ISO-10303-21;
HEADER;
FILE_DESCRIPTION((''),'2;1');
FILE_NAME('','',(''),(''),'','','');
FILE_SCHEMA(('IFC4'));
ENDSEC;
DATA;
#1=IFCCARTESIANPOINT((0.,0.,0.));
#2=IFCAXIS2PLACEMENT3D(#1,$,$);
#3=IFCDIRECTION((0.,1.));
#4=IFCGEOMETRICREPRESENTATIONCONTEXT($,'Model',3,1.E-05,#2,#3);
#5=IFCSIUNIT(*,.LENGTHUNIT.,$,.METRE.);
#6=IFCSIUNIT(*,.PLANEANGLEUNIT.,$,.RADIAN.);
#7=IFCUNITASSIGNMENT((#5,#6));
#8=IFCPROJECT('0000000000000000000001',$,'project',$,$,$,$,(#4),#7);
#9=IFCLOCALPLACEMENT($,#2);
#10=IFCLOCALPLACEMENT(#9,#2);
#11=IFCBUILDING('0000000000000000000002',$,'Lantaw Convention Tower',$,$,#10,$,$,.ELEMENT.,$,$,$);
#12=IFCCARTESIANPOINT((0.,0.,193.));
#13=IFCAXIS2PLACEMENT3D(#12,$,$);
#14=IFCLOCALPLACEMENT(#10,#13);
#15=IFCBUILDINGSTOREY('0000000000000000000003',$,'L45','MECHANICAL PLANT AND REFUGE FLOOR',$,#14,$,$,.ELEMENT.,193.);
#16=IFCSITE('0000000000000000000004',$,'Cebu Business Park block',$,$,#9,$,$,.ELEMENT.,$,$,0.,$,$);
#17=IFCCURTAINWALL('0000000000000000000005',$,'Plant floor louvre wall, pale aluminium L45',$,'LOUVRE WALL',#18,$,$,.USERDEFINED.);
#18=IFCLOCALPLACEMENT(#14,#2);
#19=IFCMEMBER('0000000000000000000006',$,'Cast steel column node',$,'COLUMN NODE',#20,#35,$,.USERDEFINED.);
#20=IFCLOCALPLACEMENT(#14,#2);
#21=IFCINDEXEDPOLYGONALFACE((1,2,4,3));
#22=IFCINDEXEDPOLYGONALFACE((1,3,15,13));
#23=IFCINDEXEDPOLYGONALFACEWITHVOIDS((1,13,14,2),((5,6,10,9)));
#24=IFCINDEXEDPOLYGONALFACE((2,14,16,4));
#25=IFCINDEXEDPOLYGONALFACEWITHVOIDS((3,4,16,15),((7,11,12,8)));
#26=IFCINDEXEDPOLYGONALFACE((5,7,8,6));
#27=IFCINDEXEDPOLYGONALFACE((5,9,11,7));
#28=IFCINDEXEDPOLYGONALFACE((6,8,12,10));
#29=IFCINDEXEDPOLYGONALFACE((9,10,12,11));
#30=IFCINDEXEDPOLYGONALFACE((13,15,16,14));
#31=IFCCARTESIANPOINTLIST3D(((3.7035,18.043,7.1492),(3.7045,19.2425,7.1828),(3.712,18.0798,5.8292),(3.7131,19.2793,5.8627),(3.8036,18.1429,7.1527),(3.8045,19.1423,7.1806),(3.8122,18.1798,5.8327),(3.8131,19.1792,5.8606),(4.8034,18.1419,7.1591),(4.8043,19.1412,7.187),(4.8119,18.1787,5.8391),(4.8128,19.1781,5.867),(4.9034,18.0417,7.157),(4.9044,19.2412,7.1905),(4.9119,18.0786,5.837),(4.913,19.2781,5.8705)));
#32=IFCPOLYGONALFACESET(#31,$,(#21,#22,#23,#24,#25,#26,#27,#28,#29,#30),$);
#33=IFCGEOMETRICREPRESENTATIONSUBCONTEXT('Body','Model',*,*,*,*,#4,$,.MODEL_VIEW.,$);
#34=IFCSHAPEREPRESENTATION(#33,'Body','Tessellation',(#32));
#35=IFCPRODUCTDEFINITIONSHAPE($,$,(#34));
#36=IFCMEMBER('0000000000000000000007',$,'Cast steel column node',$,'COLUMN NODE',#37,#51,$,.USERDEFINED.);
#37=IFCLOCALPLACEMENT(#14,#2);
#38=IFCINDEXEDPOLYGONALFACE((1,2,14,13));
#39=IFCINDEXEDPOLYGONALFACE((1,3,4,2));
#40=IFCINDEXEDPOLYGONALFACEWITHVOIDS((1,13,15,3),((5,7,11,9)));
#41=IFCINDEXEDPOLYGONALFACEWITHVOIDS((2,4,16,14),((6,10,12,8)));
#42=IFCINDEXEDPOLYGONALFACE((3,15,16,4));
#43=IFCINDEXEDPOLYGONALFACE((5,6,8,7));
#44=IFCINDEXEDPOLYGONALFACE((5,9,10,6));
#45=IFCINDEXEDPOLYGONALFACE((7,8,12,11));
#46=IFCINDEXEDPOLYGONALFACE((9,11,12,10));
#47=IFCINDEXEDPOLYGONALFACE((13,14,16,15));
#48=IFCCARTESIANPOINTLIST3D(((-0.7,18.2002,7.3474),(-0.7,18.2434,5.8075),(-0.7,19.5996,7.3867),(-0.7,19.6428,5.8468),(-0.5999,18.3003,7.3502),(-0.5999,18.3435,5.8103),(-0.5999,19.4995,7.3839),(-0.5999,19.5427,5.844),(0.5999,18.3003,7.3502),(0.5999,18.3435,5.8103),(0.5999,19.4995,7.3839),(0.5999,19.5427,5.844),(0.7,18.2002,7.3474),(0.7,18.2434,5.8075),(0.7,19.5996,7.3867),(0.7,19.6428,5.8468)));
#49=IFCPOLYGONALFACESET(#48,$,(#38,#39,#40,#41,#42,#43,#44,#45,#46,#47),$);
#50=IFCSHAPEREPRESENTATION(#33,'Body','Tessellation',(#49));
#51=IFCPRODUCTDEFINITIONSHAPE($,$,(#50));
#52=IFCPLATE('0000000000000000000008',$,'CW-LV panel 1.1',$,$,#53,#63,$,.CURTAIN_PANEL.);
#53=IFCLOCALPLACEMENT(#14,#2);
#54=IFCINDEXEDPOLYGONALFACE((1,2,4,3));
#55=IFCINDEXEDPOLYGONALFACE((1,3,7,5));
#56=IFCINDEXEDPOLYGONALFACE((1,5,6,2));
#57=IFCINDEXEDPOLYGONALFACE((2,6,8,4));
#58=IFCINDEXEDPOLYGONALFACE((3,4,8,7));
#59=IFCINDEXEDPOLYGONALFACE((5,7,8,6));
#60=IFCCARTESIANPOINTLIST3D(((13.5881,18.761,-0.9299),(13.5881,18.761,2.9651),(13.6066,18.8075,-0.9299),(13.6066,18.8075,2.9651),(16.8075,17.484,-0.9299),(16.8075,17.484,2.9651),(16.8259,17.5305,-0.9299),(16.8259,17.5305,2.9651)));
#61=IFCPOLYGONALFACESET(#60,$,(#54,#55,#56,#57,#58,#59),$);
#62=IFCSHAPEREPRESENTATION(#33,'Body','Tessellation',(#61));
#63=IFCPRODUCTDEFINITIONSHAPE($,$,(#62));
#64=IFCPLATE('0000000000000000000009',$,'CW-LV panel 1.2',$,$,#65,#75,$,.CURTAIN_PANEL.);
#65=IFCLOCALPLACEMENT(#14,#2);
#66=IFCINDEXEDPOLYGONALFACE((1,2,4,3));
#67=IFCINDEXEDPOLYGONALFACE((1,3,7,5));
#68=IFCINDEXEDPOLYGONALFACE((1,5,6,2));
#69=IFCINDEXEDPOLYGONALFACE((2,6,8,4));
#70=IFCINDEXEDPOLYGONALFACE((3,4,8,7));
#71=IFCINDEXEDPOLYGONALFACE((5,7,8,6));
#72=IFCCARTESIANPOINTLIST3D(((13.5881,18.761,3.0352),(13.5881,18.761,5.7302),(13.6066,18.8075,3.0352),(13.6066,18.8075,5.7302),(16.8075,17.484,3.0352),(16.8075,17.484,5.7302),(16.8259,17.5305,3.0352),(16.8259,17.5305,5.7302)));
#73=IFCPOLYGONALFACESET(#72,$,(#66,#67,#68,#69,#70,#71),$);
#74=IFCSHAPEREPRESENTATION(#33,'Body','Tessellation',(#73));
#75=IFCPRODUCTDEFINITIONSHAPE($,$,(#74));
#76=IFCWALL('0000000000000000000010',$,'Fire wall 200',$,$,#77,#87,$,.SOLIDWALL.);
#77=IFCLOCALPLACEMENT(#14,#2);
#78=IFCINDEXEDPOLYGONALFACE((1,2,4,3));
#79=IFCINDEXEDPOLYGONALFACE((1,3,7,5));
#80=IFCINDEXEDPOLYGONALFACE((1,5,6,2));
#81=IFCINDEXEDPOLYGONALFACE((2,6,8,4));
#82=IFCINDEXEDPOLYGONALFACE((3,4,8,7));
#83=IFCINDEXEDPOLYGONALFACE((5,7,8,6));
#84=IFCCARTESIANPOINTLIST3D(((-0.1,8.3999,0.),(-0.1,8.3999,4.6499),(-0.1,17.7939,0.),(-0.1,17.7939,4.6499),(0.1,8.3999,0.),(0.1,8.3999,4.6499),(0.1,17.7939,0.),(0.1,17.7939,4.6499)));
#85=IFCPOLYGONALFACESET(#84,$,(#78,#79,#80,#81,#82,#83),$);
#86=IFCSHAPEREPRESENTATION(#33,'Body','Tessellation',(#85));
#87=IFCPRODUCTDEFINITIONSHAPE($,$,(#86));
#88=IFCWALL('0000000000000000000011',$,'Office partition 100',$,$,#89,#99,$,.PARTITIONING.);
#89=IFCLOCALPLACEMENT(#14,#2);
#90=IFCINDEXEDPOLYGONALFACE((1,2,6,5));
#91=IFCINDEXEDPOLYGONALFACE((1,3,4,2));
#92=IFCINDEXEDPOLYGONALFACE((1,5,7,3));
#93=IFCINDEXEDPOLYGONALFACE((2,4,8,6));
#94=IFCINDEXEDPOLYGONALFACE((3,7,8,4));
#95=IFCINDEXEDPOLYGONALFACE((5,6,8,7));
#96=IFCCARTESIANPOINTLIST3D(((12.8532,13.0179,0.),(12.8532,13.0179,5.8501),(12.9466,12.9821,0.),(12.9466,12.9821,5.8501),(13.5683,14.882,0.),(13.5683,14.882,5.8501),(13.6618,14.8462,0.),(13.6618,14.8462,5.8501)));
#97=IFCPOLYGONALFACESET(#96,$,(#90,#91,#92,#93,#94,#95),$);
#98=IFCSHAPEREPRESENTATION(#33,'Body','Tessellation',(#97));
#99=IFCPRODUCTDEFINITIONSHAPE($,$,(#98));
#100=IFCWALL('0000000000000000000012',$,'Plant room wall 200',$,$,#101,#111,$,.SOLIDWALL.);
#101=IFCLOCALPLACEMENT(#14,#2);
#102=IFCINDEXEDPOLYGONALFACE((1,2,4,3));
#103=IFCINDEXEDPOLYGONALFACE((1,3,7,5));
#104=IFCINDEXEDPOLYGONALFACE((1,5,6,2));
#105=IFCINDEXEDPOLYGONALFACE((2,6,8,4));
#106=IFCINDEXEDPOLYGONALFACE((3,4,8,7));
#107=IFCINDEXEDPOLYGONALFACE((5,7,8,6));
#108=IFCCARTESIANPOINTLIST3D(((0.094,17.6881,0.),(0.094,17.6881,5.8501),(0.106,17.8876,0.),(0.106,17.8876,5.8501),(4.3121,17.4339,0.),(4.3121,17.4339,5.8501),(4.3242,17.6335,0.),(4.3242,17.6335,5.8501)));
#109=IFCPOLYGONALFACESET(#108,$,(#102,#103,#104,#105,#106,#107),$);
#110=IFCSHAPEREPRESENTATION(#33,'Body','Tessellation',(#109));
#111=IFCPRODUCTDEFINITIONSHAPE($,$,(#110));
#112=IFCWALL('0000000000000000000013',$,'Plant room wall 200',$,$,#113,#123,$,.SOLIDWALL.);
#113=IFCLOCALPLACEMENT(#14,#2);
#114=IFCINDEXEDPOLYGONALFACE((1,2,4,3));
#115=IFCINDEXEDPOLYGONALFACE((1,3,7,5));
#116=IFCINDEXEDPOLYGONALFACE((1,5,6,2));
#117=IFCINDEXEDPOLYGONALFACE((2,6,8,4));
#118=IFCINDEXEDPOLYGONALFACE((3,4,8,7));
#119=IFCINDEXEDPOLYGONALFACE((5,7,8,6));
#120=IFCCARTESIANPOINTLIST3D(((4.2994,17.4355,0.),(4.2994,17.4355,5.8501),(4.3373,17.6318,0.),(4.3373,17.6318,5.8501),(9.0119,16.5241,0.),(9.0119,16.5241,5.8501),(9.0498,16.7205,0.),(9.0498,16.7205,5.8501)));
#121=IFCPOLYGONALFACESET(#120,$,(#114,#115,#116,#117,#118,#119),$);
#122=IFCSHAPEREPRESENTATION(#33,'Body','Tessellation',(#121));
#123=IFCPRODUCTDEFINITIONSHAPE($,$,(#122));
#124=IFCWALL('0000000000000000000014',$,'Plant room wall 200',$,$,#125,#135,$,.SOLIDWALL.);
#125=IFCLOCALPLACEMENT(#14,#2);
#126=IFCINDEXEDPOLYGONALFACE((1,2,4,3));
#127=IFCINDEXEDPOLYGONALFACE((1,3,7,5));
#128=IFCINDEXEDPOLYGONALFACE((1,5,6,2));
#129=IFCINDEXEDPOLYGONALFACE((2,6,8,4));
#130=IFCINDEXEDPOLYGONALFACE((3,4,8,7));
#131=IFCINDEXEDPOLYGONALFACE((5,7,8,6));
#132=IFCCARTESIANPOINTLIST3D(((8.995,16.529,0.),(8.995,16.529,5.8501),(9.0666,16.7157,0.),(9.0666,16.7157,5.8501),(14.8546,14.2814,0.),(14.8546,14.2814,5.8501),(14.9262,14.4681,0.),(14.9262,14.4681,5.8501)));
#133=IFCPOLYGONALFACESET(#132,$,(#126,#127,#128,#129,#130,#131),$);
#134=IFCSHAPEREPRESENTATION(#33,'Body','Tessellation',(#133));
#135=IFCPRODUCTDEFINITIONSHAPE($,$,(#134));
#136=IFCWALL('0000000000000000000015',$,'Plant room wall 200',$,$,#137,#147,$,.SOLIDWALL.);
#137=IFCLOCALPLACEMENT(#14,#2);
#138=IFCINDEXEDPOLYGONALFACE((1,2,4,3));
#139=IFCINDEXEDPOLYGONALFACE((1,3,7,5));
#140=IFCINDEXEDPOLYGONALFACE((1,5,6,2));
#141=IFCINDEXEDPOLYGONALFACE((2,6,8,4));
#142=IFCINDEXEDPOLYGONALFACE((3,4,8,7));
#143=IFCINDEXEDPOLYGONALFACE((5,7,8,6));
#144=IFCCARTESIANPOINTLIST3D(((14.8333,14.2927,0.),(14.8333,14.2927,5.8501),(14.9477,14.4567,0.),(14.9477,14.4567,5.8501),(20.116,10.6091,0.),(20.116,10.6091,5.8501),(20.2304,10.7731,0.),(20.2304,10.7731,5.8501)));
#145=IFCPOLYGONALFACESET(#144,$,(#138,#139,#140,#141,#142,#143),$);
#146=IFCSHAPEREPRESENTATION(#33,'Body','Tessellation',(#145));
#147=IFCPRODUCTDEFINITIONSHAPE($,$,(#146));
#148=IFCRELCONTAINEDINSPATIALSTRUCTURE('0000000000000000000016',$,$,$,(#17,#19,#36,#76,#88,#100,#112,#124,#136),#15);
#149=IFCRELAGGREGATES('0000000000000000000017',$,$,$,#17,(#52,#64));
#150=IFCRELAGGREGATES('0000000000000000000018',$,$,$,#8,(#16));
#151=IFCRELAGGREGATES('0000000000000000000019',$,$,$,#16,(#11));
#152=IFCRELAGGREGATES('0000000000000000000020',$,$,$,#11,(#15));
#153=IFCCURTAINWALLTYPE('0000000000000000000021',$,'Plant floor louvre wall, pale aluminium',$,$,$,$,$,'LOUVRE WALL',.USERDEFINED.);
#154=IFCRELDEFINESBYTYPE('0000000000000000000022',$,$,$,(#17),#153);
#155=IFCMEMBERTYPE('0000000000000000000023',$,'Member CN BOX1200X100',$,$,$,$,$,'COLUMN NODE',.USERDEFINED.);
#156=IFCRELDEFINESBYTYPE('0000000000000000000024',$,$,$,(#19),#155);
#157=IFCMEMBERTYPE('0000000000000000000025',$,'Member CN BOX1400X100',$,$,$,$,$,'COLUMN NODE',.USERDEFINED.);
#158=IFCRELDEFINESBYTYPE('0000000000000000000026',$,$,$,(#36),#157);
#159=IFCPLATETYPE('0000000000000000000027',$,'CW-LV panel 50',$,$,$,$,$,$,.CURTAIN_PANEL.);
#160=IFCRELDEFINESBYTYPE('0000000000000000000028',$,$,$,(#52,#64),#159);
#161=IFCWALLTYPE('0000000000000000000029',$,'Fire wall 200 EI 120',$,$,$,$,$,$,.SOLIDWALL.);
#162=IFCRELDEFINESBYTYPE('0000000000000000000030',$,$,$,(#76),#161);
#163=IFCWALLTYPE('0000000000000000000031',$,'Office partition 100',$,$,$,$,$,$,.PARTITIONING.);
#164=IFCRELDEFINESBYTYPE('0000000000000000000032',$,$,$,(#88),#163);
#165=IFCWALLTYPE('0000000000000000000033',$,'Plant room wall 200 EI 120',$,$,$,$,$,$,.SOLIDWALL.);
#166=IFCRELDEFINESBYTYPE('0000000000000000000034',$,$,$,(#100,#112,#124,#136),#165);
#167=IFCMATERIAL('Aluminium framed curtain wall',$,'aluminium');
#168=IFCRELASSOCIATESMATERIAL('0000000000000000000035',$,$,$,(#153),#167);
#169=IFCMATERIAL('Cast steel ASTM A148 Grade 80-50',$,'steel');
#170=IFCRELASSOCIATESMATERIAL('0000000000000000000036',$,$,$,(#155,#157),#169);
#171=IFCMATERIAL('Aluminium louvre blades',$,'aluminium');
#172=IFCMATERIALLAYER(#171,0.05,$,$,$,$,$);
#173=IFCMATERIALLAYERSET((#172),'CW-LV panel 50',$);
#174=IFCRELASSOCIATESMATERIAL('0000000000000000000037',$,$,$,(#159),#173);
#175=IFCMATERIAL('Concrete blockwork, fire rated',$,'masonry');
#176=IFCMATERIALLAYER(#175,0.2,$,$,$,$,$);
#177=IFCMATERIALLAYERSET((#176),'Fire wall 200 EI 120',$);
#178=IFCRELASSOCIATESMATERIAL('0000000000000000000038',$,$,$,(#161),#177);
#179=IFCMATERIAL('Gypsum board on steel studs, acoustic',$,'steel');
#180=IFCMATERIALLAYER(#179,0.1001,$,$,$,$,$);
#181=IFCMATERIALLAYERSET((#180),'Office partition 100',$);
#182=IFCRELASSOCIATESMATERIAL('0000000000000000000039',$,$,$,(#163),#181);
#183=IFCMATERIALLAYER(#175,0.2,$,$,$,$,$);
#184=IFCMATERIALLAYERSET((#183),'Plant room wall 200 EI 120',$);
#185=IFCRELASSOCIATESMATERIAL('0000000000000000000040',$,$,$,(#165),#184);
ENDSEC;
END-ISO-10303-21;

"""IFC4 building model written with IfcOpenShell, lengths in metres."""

from ifc_helpers import new_model, si_unit, direction, frame, frame_2d, origin, origin_2d, place, context, subcontext, project, spatial, rectangle, hollow_rectangle, extrude, material, layer, layer_set, material_profile, profile_set, type_object, element, aggregate, save


model = new_model("IFC4")

# Units and contexts
model_context = context("Model", 3, precision=1e-05, world=origin(), true_north=direction((0.0, 1.0)))
body_context = subcontext(model_context, "Body", "Model", "MODEL_VIEW")
ifc_project = project(units=[si_unit("LENGTHUNIT", "METRE"), si_unit("PLANEANGLEUNIT", "RADIAN")], contexts=[model_context])

# Site, building, storey
site_placement = place(None, origin())
site = spatial("IfcSite", under=ifc_project, at=site_placement, Name="Cebu Business Park block", CompositionType="ELEMENT", RefElevation=0.0)
building_placement = place(site_placement, origin())
building = spatial("IfcBuilding", under=site, at=building_placement, Name="Lantaw Convention Tower", CompositionType="ELEMENT")
storey_placement = place(building_placement, frame((0.0, 0.0, 193.0)))
storey = spatial("IfcBuildingStorey", under=building, at=storey_placement, Name="L45", Description="MECHANICAL PLANT AND REFUGE FLOOR", CompositionType="ELEMENT", Elevation=193.0)

# Curtain wall
ifc_material_1 = material(Name="Aluminium framed curtain wall", Category="aluminium")
curtain_wall_type = type_object("IfcCurtainWallType", Name="Plant floor louvre wall, pale aluminium", ElementType="LOUVRE WALL", PredefinedType="USERDEFINED", material=ifc_material_1)
curtain_wall_placement = place(storey_placement, origin())
curtain_wall = element("IfcCurtainWall", 1, at=curtain_wall_placement, inside=storey, type_object=curtain_wall_type, Name="Plant floor louvre wall, pale aluminium L45", ObjectType="LOUVRE WALL", PredefinedType="USERDEFINED")

# Members
ifc_material_2 = material(Name="Cast steel ASTM A148 Grade 80-50", Category="steel")
ifc_material_profile_1 = material_profile(ifc_material_2, hollow_rectangle(XDim=1.2, YDim=1.2, WallThickness=0.1001, at=origin_2d()), Name="BOX1200X100")
ifc_profile_set_1 = profile_set([ifc_material_profile_1], Name="Cast steel ASTM A148 Grade 80-50")
member_type_1 = type_object("IfcMemberType", Name="Member CN BOX1200X100", ElementType="COLUMN NODE", PredefinedType="USERDEFINED", material=ifc_profile_set_1)
for number, where, z_axis, x_axis, name in (
    (2, (4.3125, 18.679, 5.8499), (-0.00647, -0.027915, 0.999589), (0.999979, -0.001061, 0.006443), "Cast steel column node"),
):
    element("IfcMember", number, at=place(storey_placement, frame(where, z_axis=z_axis, x_axis=x_axis)), inside=storey, type_object=member_type_1, Name=name, ObjectType="COLUMN NODE", PredefinedType="USERDEFINED", context=body_context, shape_type="SweptSolid", body=[
        extrude(hollow_rectangle(XDim=1.2, YDim=1.2, WallThickness=0.1001, at=origin_2d()), origin(), (0.0, 0.0, 1.0), 1.3206),
    ])
ifc_material_profile_2 = material_profile(ifc_material_2, hollow_rectangle(XDim=1.3999, YDim=1.3999, WallThickness=0.1001, at=origin_2d()), Name="BOX1400X100")
ifc_profile_set_2 = profile_set([ifc_material_profile_2], Name="Cast steel ASTM A148 Grade 80-50")
member_type_2 = type_object("IfcMemberType", Name="Member CN BOX1400X100", ElementType="COLUMN NODE", PredefinedType="USERDEFINED", material=ifc_profile_set_2)
member_1_placement = place(storey_placement, frame((0.0, 18.9431, 5.8271), z_axis=(0.0, -0.028049, 0.999607), x_axis=(1.0, 0.0, 0.0)))
element("IfcMember", 3, at=member_1_placement, inside=storey, type_object=member_type_2, Name="Cast steel column node", ObjectType="COLUMN NODE", PredefinedType="USERDEFINED", context=body_context, shape_type="SweptSolid", body=[
    extrude(hollow_rectangle(XDim=1.3999, YDim=1.3999, WallThickness=0.1001, at=origin_2d()), origin(), (0.0, 0.0, 1.0), 1.5405),
])

# Plates
ifc_material_3 = material(Name="Aluminium louvre blades", Category="aluminium")
ifc_layer_1 = layer(ifc_material_3, 0.05)
ifc_layer_set_1 = layer_set([ifc_layer_1], Name="CW-LV panel 50")
plate_type = type_object("IfcPlateType", Name="CW-LV panel 50", PredefinedType="CURTAIN_PANEL", material=ifc_layer_set_1)
plate_1_placement = place(storey_placement, frame((15.207, 18.1458, -0.9299), z_axis=(0.0, 0.0, 1.0), x_axis=(-0.929548, 0.368702, 0.0)))
plate_1 = element("IfcPlate", 4, at=plate_1_placement, type_object=plate_type, Name="CW-LV panel 1.1", PredefinedType="CURTAIN_PANEL", context=body_context, shape_type="SweptSolid", body=[
    extrude(rectangle(XDim=3.4634, YDim=0.05, at=origin_2d()), origin(), (0.0, 0.0, 1.0), 3.895),
])
plate_2_placement = place(storey_placement, frame((15.207, 18.1458, 3.0352), z_axis=(0.0, 0.0, 1.0), x_axis=(-0.929548, 0.368702, 0.0)))
plate_2 = element("IfcPlate", 5, at=plate_2_placement, type_object=plate_type, Name="CW-LV panel 1.2", PredefinedType="CURTAIN_PANEL", context=body_context, shape_type="SweptSolid", body=[
    extrude(rectangle(XDim=3.4634, YDim=0.05, at=origin_2d()), origin(), (0.0, 0.0, 1.0), 2.6951),
])
aggregate(curtain_wall, [plate_1, plate_2])

# Walls
ifc_material_4 = material(Name="Concrete blockwork, fire rated", Category="masonry")
ifc_layer_2 = layer(ifc_material_4, 0.2)
ifc_layer_set_2 = layer_set([ifc_layer_2], Name="Fire wall 200 EI 120")
wall_type_1 = type_object("IfcWallType", Name="Fire wall 200 EI 120", PredefinedType="SOLIDWALL", material=ifc_layer_set_2)
wall_1_placement = place(storey_placement, frame((0.0, 8.3999, 0.0), z_axis=(0.0, 0.0, 1.0), x_axis=(0.0, 1.0, 0.0)))
element("IfcWall", 6, at=wall_1_placement, inside=storey, type_object=wall_type_1, Name="Fire wall 200", PredefinedType="SOLIDWALL", context=body_context, shape_type="SweptSolid", body=[
    extrude(rectangle(XDim=9.394, YDim=0.2, at=frame_2d((4.697, 0.0))), origin(), (0.0, 0.0, 1.0), 4.6499),
])
ifc_material_5 = material(Name="Gypsum board on steel studs, acoustic", Category="steel")
ifc_layer_3 = layer(ifc_material_5, 0.1001)
ifc_layer_set_3 = layer_set([ifc_layer_3], Name="Office partition 100")
wall_type_2 = type_object("IfcWallType", Name="Office partition 100", PredefinedType="PARTITIONING", material=ifc_layer_set_3)
wall_2_placement = place(storey_placement, frame((12.8999, 13.0, 0.0), z_axis=(0.0, 0.0, 1.0), x_axis=(0.358176, 0.933654, 0.0)))
element("IfcWall", 7, at=wall_2_placement, inside=storey, type_object=wall_type_2, Name="Office partition 100", PredefinedType="PARTITIONING", context=body_context, shape_type="SweptSolid", body=[
    extrude(rectangle(XDim=1.9966, YDim=0.1001, at=frame_2d((0.9983, 0.0))), origin(), (0.0, 0.0, 1.0), 5.8501),
])
ifc_layer_4 = layer(ifc_material_4, 0.2)
ifc_layer_set_4 = layer_set([ifc_layer_4], Name="Plant room wall 200 EI 120")
wall_type_3 = type_object("IfcWallType", Name="Plant room wall 200 EI 120", PredefinedType="SOLIDWALL", material=ifc_layer_set_4)
wall_3_placement = place(storey_placement, frame((0.1001, 17.7878, 0.0), z_axis=(0.0, 0.0, 1.0), x_axis=(0.99819, -0.060141, 0.0)))
element("IfcWall", 8, at=wall_3_placement, inside=storey, type_object=wall_type_3, Name="Plant room wall 200", PredefinedType="SOLIDWALL", context=body_context, shape_type="SweptSolid", body=[
    extrude(rectangle(XDim=4.2258, YDim=0.2, at=frame_2d((2.1128, 0.0))), origin(), (0.0, 0.0, 1.0), 5.8501),
])
wall_4_placement = place(storey_placement, frame((4.3184, 17.5337, 0.0), z_axis=(0.0, 0.0, 1.0), x_axis=(0.981807, -0.189881, 0.0)))
element("IfcWall", 9, at=wall_4_placement, inside=storey, type_object=wall_type_3, Name="Plant room wall 200", PredefinedType="SOLIDWALL", context=body_context, shape_type="SweptSolid", body=[
    extrude(rectangle(XDim=4.7998, YDim=0.2, at=frame_2d((2.3999, 0.0))), origin(), (0.0, 0.0, 1.0), 5.8501),
])
wall_5_placement = place(storey_placement, frame((9.0308, 16.6223, 0.0), z_axis=(0.0, 0.0, 1.0), x_axis=(0.933673, -0.358127, 0.0)))
element("IfcWall", 10, at=wall_5_placement, inside=storey, type_object=wall_type_3, Name="Plant room wall 200", PredefinedType="SOLIDWALL", context=body_context, shape_type="SweptSolid", body=[
    extrude(rectangle(XDim=6.2759, YDim=0.2, at=frame_2d((3.1379, 0.0))), origin(), (0.0, 0.0, 1.0), 5.8501),
])
wall_6_placement = place(storey_placement, frame((14.8904, 14.3748, 0.0), z_axis=(0.0, 0.0, 1.0), x_axis=(0.820274, -0.57197, 0.0)))
element("IfcWall", 11, at=wall_6_placement, inside=storey, type_object=wall_type_3, Name="Plant room wall 200", PredefinedType="SOLIDWALL", context=body_context, shape_type="SweptSolid", body=[
    extrude(rectangle(XDim=6.4402, YDim=0.2, at=frame_2d((3.2202, 0.0))), origin(), (0.0, 0.0, 1.0), 5.8501),
])

save(model, "model.ifc")
